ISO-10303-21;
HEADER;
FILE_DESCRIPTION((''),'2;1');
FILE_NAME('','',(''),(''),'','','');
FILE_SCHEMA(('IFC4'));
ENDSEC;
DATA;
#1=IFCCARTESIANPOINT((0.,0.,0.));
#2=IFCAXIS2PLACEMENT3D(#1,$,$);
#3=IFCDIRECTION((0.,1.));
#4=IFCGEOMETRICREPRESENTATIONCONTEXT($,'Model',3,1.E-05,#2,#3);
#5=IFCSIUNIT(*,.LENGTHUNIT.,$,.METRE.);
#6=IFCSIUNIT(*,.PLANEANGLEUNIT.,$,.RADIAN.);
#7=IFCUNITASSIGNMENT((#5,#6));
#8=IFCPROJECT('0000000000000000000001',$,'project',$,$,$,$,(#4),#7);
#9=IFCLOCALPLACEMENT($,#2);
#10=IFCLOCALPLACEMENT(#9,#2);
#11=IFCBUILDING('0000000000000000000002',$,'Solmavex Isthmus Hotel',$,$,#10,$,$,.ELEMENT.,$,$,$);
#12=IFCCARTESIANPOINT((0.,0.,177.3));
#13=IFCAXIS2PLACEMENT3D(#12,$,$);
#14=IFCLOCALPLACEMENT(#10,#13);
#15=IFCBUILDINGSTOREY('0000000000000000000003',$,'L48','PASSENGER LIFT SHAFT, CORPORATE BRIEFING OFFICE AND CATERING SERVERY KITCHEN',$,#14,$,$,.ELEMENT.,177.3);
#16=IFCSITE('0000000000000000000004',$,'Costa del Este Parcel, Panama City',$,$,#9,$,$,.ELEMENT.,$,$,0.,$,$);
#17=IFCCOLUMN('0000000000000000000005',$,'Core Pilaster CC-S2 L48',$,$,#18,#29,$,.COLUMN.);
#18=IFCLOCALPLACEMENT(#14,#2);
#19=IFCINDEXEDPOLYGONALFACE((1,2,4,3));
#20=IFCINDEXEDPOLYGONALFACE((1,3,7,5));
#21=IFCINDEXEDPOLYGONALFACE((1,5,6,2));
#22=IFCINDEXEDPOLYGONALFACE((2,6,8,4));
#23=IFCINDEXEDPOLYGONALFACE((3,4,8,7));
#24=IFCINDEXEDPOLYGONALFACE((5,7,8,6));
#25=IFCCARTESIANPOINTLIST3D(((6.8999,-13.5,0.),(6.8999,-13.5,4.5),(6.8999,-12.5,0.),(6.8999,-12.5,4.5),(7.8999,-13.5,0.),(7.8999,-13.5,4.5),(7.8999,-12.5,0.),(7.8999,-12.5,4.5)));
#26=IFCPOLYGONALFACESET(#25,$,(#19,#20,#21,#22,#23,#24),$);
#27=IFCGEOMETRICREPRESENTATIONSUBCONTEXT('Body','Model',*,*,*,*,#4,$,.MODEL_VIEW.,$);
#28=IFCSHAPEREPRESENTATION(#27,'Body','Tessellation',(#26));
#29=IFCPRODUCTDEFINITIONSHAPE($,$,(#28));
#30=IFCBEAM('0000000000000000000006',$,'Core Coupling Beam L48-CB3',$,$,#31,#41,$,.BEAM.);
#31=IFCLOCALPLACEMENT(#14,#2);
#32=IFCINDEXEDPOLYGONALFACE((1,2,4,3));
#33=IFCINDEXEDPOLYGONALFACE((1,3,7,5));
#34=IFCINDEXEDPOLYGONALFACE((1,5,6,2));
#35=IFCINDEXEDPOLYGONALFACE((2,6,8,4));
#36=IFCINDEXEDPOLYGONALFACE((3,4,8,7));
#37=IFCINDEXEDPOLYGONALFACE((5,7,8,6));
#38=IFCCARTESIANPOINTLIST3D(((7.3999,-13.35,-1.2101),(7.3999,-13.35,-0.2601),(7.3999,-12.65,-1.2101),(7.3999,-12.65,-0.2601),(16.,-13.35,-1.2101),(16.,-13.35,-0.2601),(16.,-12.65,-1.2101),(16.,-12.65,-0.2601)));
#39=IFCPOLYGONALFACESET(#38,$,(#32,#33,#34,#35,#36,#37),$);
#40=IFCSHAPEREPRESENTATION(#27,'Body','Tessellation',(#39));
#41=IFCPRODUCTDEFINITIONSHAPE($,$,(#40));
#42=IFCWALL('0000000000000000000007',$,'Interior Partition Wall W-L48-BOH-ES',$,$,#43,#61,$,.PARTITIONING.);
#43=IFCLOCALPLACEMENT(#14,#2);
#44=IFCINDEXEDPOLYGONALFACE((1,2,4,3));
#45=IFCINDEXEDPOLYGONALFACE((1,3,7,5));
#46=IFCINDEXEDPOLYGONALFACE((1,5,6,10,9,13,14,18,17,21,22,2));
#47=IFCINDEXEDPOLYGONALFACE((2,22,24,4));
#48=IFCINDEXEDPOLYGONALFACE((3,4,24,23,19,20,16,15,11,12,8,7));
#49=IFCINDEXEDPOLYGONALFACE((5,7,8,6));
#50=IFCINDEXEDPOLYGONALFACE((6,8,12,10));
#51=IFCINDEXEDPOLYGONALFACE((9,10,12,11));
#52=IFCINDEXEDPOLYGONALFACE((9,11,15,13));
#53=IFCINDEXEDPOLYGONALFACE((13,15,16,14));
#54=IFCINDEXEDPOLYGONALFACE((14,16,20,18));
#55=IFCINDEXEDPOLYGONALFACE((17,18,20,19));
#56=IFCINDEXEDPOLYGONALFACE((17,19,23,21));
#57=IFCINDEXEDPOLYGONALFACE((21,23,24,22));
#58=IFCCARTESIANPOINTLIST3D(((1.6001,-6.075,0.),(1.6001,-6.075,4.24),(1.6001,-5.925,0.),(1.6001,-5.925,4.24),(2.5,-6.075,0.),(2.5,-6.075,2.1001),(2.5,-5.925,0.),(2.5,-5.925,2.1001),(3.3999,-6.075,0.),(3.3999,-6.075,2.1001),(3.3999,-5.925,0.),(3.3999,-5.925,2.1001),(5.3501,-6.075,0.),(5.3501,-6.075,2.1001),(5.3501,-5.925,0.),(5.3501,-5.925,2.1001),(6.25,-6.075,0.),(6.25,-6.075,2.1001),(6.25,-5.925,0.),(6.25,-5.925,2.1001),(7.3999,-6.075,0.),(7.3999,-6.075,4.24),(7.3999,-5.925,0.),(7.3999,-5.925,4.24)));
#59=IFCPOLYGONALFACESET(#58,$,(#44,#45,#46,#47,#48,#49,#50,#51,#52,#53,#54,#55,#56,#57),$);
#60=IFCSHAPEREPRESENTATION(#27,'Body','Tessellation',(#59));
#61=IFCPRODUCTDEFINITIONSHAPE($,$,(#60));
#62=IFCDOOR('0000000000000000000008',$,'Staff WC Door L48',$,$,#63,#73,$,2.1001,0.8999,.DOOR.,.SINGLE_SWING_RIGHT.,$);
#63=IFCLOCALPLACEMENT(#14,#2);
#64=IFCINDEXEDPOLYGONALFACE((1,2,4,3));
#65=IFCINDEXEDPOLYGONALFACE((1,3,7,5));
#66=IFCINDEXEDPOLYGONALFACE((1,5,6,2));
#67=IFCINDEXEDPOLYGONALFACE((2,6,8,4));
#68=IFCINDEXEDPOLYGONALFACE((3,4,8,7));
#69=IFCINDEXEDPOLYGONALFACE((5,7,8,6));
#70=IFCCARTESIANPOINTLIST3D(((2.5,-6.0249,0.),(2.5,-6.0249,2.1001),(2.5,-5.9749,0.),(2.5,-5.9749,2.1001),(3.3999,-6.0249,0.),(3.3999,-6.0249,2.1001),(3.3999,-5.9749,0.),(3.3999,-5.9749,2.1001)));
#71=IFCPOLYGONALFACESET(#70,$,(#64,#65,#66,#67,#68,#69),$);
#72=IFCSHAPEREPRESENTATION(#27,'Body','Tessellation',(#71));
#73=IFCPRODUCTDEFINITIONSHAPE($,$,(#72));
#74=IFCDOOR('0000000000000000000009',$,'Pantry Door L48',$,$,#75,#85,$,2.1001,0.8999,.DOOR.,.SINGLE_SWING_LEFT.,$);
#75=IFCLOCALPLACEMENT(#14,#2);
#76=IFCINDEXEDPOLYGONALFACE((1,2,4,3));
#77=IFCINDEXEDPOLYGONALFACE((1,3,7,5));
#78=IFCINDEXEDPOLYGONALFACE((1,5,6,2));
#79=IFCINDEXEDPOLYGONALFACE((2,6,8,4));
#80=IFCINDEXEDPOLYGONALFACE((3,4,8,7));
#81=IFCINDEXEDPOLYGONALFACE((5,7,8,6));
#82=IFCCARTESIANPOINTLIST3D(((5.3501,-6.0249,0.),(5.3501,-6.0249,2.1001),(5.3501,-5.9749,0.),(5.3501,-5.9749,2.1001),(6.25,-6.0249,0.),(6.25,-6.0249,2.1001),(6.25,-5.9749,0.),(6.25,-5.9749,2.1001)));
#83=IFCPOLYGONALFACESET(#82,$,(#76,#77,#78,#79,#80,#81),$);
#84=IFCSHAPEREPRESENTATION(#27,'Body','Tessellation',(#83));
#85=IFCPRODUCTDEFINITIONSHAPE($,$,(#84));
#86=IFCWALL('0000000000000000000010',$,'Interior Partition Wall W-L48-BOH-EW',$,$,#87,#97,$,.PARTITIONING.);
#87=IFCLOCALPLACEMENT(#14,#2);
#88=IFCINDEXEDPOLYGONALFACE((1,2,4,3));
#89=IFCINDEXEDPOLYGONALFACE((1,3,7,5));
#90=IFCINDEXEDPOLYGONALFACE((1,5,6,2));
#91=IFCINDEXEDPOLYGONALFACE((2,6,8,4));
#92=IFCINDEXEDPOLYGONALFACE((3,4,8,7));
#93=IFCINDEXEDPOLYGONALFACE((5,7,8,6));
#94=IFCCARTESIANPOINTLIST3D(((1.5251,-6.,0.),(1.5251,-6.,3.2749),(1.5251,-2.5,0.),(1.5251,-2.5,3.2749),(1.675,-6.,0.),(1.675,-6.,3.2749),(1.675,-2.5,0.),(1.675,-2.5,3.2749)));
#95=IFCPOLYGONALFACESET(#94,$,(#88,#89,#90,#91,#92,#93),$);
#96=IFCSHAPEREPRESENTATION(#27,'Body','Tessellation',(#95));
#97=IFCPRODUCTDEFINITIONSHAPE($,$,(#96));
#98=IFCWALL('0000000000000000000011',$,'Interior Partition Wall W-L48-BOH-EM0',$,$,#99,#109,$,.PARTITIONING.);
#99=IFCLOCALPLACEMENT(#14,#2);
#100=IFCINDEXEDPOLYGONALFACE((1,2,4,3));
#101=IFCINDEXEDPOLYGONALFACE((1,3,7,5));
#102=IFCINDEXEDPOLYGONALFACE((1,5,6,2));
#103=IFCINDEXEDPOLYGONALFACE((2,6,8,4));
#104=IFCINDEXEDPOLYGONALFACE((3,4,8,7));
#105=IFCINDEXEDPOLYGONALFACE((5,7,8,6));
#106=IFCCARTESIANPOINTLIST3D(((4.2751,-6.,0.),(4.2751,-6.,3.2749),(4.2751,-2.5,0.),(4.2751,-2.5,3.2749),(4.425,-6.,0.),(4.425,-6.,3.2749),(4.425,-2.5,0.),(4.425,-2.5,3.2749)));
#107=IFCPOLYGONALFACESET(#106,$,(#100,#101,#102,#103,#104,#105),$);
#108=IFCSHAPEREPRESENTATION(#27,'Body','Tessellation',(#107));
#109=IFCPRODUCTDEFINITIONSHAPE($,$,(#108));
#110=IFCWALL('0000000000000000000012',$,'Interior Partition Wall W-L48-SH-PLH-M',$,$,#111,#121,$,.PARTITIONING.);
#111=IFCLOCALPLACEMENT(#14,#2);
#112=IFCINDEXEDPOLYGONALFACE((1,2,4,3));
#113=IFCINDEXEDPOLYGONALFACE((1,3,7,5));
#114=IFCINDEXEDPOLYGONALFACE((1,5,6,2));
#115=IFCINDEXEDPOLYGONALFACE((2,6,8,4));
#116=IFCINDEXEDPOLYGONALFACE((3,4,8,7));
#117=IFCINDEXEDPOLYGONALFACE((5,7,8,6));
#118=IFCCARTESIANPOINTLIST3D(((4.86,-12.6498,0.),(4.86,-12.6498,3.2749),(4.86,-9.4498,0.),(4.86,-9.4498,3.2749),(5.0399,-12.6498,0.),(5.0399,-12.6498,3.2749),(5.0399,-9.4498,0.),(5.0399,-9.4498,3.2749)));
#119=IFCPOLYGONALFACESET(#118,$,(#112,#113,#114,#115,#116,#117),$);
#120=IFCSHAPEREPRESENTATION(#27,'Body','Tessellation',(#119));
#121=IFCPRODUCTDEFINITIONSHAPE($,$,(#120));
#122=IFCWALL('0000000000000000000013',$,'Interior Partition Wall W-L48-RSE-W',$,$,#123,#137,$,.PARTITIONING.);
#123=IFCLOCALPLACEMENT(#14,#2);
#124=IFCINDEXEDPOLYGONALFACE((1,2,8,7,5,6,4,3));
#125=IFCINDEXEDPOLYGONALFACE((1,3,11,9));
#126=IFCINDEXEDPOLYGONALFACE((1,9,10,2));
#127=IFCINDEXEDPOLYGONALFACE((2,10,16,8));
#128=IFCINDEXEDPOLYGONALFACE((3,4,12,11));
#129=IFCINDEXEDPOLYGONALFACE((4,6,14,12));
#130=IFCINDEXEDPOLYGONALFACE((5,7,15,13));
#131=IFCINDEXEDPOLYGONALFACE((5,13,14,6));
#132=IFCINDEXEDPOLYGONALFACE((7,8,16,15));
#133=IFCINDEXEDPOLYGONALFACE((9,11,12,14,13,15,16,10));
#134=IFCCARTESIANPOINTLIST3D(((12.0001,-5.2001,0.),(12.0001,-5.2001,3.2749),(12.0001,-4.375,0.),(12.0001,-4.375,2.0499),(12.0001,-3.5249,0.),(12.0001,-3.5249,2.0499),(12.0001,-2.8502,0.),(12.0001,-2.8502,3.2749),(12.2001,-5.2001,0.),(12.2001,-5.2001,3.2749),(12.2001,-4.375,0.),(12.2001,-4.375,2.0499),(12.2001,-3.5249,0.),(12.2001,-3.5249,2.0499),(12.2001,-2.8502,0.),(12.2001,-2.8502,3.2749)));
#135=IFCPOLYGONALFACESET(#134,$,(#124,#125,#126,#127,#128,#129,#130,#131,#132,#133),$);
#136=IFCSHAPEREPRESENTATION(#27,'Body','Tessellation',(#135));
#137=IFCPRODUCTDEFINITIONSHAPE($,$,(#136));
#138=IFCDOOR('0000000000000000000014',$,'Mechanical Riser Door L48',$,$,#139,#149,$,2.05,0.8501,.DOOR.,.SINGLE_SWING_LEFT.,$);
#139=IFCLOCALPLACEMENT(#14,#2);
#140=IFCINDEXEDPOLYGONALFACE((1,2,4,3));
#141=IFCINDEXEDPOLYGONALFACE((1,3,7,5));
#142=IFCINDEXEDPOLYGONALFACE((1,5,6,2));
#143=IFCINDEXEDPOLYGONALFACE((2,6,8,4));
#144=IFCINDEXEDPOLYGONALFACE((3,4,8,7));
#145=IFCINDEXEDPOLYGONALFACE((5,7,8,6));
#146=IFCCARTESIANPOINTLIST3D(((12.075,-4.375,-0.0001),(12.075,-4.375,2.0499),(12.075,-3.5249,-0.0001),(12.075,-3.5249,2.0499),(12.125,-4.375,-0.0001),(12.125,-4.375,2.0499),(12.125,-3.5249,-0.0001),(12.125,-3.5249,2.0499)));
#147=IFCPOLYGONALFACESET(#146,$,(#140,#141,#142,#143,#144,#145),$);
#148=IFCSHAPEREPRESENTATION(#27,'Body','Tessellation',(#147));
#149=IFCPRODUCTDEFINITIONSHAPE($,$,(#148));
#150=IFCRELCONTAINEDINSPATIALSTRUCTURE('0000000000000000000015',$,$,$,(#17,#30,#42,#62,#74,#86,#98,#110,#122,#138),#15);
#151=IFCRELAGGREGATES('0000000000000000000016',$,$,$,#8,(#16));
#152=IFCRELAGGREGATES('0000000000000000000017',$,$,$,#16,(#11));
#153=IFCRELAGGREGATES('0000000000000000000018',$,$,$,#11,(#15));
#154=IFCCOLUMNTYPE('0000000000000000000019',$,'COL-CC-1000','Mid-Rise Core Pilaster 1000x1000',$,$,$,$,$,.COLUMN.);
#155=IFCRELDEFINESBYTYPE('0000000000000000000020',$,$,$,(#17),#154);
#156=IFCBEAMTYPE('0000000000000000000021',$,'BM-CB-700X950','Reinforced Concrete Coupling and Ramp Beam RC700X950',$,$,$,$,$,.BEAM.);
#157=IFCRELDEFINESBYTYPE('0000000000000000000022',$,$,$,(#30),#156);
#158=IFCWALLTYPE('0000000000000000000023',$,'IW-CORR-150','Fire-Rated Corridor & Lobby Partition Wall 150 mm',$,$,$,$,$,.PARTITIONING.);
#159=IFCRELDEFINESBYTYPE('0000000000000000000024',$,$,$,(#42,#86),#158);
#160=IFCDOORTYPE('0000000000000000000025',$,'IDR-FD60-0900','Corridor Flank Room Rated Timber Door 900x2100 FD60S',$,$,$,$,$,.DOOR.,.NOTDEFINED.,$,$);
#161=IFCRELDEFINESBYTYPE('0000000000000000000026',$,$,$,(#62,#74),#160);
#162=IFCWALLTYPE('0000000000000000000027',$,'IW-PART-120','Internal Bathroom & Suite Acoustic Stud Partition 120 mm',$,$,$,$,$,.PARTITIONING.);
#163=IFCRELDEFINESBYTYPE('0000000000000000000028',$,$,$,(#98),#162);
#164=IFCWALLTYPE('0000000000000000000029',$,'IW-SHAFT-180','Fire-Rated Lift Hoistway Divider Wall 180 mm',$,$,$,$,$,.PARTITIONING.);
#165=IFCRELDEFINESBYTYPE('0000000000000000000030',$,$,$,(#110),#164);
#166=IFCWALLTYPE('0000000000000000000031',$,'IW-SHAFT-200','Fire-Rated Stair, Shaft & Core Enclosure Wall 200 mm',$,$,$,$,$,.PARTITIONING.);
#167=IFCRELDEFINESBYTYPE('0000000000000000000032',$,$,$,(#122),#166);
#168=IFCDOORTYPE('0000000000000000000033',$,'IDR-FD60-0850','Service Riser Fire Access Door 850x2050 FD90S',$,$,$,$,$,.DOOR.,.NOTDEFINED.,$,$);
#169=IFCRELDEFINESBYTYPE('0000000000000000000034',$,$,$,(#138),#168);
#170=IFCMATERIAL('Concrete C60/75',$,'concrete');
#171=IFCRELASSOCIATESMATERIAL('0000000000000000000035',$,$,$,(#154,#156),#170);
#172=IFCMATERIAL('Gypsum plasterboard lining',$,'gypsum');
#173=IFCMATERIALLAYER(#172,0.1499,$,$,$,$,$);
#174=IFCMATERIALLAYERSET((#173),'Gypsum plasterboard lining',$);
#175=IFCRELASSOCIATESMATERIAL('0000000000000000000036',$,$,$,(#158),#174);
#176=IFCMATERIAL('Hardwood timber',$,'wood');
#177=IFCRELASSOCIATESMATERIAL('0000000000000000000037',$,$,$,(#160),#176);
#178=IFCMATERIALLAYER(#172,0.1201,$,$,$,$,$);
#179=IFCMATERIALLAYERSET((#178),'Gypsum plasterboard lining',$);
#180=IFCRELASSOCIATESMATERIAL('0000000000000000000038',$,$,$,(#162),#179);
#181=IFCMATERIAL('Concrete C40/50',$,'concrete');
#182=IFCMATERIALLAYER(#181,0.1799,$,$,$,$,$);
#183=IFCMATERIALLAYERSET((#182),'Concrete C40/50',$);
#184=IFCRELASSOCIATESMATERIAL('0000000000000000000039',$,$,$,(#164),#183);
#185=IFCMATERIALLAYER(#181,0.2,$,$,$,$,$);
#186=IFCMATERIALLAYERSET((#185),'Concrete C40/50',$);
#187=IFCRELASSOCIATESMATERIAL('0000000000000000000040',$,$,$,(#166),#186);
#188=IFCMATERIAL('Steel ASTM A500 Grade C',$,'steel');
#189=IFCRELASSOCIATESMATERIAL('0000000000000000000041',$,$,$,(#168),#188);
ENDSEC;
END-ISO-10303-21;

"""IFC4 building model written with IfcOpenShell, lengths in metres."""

from ifc_helpers import new_model, si_unit, direction, frame, frame_2d, origin, origin_2d, place, context, subcontext, project, spatial, rectangle, extrude, material, layer, layer_set, material_profile, profile_set, type_object, element, fill, save


model = new_model("IFC4")

# Units and contexts
model_context = context("Model", 3, precision=1e-05, world=origin(), true_north=direction((0.0, 1.0)))
body_context = subcontext(model_context, "Body", "Model", "MODEL_VIEW")
ifc_project = project(units=[si_unit("LENGTHUNIT", "METRE"), si_unit("PLANEANGLEUNIT", "RADIAN")], contexts=[model_context])

# Site, building, storey
site_placement = place(None, origin())
site = spatial("IfcSite", under=ifc_project, at=site_placement, Name="Costa del Este Parcel, Panama City", CompositionType="ELEMENT", RefElevation=0.0)
building_placement = place(site_placement, origin())
building = spatial("IfcBuilding", under=site, at=building_placement, Name="Solmavex Isthmus Hotel", CompositionType="ELEMENT")
storey_placement = place(building_placement, frame((0.0, 0.0, 177.3)))
storey = spatial("IfcBuildingStorey", under=building, at=storey_placement, Name="L48", Description="PASSENGER LIFT SHAFT, CORPORATE BRIEFING OFFICE AND CATERING SERVERY KITCHEN", CompositionType="ELEMENT", Elevation=177.3)

# Column
ifc_material_1 = material(Name="Concrete C60/75", Category="concrete")
ifc_material_profile_1 = material_profile(ifc_material_1, rectangle(XDim=1.0, YDim=1.0, at=origin_2d()), Name="RC1000X1000")
ifc_profile_set_1 = profile_set([ifc_material_profile_1], Name="Concrete C60/75")
column_type = type_object("IfcColumnType", Name="COL-CC-1000", Description="Mid-Rise Core Pilaster 1000x1000", PredefinedType="COLUMN", material=ifc_profile_set_1)
column_placement = place(storey_placement, frame((7.3999, -13.0, 0.0), z_axis=(0.0, 0.0, 1.0), x_axis=(1.0, 0.0, 0.0)))
element("IfcColumn", 1, at=column_placement, inside=storey, type_object=column_type, Name="Core Pilaster CC-S2 L48", PredefinedType="COLUMN", context=body_context, shape_type="SweptSolid", body=[
    extrude(rectangle(XDim=1.0, YDim=1.0, at=origin_2d()), origin(), (0.0, 0.0, 1.0), 4.5),
])

# Beam
ifc_material_profile_2 = material_profile(ifc_material_1, rectangle(XDim=0.7, YDim=0.95, at=origin_2d()), Name="RC700X950")
ifc_profile_set_2 = profile_set([ifc_material_profile_2], Name="Concrete C60/75")
beam_type = type_object("IfcBeamType", Name="BM-CB-700X950", Description="Reinforced Concrete Coupling and Ramp Beam RC700X950", PredefinedType="BEAM", material=ifc_profile_set_2)
beam_placement = place(storey_placement, frame((7.3999, -13.0, -0.7351), z_axis=(1.0, 0.0, 0.0), x_axis=(0.0, 1.0, 0.0)))
element("IfcBeam", 2, at=beam_placement, inside=storey, type_object=beam_type, Name="Core Coupling Beam L48-CB3", PredefinedType="BEAM", context=body_context, shape_type="SweptSolid", body=[
    extrude(rectangle(XDim=0.7, YDim=0.95, at=origin_2d()), origin(), (0.0, 0.0, 1.0), 8.6001),
])

# Wall, openings, doors
ifc_material_2 = material(Name="Gypsum plasterboard lining", Category="gypsum")
ifc_layer_1 = layer(ifc_material_2, 0.1499)
ifc_layer_set_1 = layer_set([ifc_layer_1], Name="Gypsum plasterboard lining")
wall_type_1 = type_object("IfcWallType", Name="IW-CORR-150", Description="Fire-Rated Corridor & Lobby Partition Wall 150 mm", PredefinedType="PARTITIONING", material=ifc_layer_set_1)
wall_1_placement = place(storey_placement, frame((1.6001, -6.0, 0.0), z_axis=(0.0, 0.0, 1.0), x_axis=(1.0, 0.0, 0.0)))
wall_1 = element("IfcWall", 3, at=wall_1_placement, inside=storey, type_object=wall_type_1, Name="Interior Partition Wall W-L48-BOH-ES", PredefinedType="PARTITIONING", context=body_context, shape_type="SweptSolid", body=[
    extrude(rectangle(XDim=5.7998, YDim=0.1499, at=frame_2d((2.8999, 0.0))), origin(), (0.0, 0.0, 1.0), 4.24),
])
opening_1_placement = place(wall_1_placement, frame((0.8999, 0.0, 0.0)))
opening_1 = element("IfcOpeningElement", 4, at=opening_1_placement, cuts=wall_1, PredefinedType="OPENING", context=body_context, shape_type="SweptSolid", body=[
    extrude(rectangle(XDim=0.8999, YDim=2.1001, at=frame_2d((0.45, 1.05))), frame((0.0, 0.085, 0.0), z_axis=(0.0, -1.0, 0.0), x_axis=(1.0, 0.0, 0.0)), (0.0, 0.0, 1.0), 0.1699),
])
opening_2_placement = place(wall_1_placement, frame((3.75, 0.0, 0.0)))
opening_2 = element("IfcOpeningElement", 5, at=opening_2_placement, cuts=wall_1, PredefinedType="OPENING", context=body_context, shape_type="SweptSolid", body=[
    extrude(rectangle(XDim=0.8999, YDim=2.1001, at=frame_2d((0.45, 1.05))), frame((0.0, 0.085, 0.0), z_axis=(0.0, -1.0, 0.0), x_axis=(1.0, 0.0, 0.0)), (0.0, 0.0, 1.0), 0.1699),
])
ifc_material_3 = material(Name="Hardwood timber", Category="wood")
door_type_1 = type_object("IfcDoorType", Name="IDR-FD60-0900", Description="Corridor Flank Room Rated Timber Door 900x2100 FD60S", OperationType="NOTDEFINED", PredefinedType="DOOR", material=ifc_material_3)
door_1_placement = place(opening_1_placement, frame((0.8999, 0.0, 0.0), z_axis=(0.0, 0.0, 1.0), x_axis=(-1.0, 0.0, 0.0)))
door_1 = element("IfcDoor", 6, at=door_1_placement, inside=storey, type_object=door_type_1, Name="Staff WC Door L48", OperationType="SINGLE_SWING_RIGHT", OverallHeight=2.1001, OverallWidth=0.8999, PredefinedType="DOOR", context=body_context, shape_type="SweptSolid", body=[
    extrude(rectangle(XDim=0.8999, YDim=2.1001, at=frame_2d((0.45, 1.05))), frame((0.0, 0.0249, 0.0), z_axis=(0.0, -1.0, 0.0), x_axis=(1.0, 0.0, 0.0)), (0.0, 0.0, 1.0), 0.05),
])
fill(opening_1, door_1)
door_2_placement = place(opening_2_placement, frame((0.8999, 0.0, 0.0), z_axis=(0.0, 0.0, 1.0), x_axis=(-1.0, 0.0, 0.0)))
door_2 = element("IfcDoor", 7, at=door_2_placement, inside=storey, type_object=door_type_1, Name="Pantry Door L48", OperationType="SINGLE_SWING_LEFT", OverallHeight=2.1001, OverallWidth=0.8999, PredefinedType="DOOR", context=body_context, shape_type="SweptSolid", body=[
    extrude(rectangle(XDim=0.8999, YDim=2.1001, at=frame_2d((0.45, 1.05))), frame((0.0, 0.0249, 0.0), z_axis=(0.0, -1.0, 0.0), x_axis=(1.0, 0.0, 0.0)), (0.0, 0.0, 1.0), 0.05),
])
fill(opening_2, door_2)

# Walls
wall_2_placement = place(storey_placement, frame((1.6001, -6.0, 0.0), z_axis=(0.0, 0.0, 1.0), x_axis=(0.0, 1.0, 0.0)))
element("IfcWall", 8, at=wall_2_placement, inside=storey, type_object=wall_type_1, Name="Interior Partition Wall W-L48-BOH-EW", PredefinedType="PARTITIONING", context=body_context, shape_type="SweptSolid", body=[
    extrude(rectangle(XDim=3.5, YDim=0.1499, at=frame_2d((1.75, 0.0))), origin(), (0.0, 0.0, 1.0), 3.2749),
])
ifc_layer_2 = layer(ifc_material_2, 0.1201)
ifc_layer_set_2 = layer_set([ifc_layer_2], Name="Gypsum plasterboard lining")
wall_type_2 = type_object("IfcWallType", Name="IW-PART-120", Description="Internal Bathroom & Suite Acoustic Stud Partition 120 mm", PredefinedType="PARTITIONING", material=ifc_layer_set_2)
wall_3_placement = place(storey_placement, frame((4.3501, -6.0, 0.0), z_axis=(0.0, 0.0, 1.0), x_axis=(0.0, 1.0, 0.0)))
element("IfcWall", 9, at=wall_3_placement, inside=storey, type_object=wall_type_2, Name="Interior Partition Wall W-L48-BOH-EM0", PredefinedType="PARTITIONING", context=body_context, shape_type="SweptSolid", body=[
    extrude(rectangle(XDim=3.5, YDim=0.1499, at=frame_2d((1.75, 0.0))), origin(), (0.0, 0.0, 1.0), 3.2749),
])
ifc_material_4 = material(Name="Concrete C40/50", Category="concrete")
ifc_layer_3 = layer(ifc_material_4, 0.1799)
ifc_layer_set_3 = layer_set([ifc_layer_3], Name="Concrete C40/50")
wall_type_3 = type_object("IfcWallType", Name="IW-SHAFT-180", Description="Fire-Rated Lift Hoistway Divider Wall 180 mm", PredefinedType="PARTITIONING", material=ifc_layer_set_3)
wall_4_placement = place(storey_placement, frame((4.95, -12.6499, 0.0), z_axis=(0.0, 0.0, 1.0), x_axis=(0.0, 1.0, 0.0)))
element("IfcWall", 10, at=wall_4_placement, inside=storey, type_object=wall_type_3, Name="Interior Partition Wall W-L48-SH-PLH-M", PredefinedType="PARTITIONING", context=body_context, shape_type="SweptSolid", body=[
    extrude(rectangle(XDim=3.2, YDim=0.1799, at=frame_2d((1.6001, 0.0))), origin(), (0.0, 0.0, 1.0), 3.2749),
])

# Wall, opening, door
ifc_layer_4 = layer(ifc_material_4, 0.2)
ifc_layer_set_4 = layer_set([ifc_layer_4], Name="Concrete C40/50")
wall_type_4 = type_object("IfcWallType", Name="IW-SHAFT-200", Description="Fire-Rated Stair, Shaft & Core Enclosure Wall 200 mm", PredefinedType="PARTITIONING", material=ifc_layer_set_4)
wall_5_placement = place(storey_placement, frame((12.1001, -5.2, 0.0), z_axis=(0.0, 0.0, 1.0), x_axis=(0.0, 1.0, 0.0)))
wall_5 = element("IfcWall", 11, at=wall_5_placement, inside=storey, type_object=wall_type_4, Name="Interior Partition Wall W-L48-RSE-W", PredefinedType="PARTITIONING", context=body_context, shape_type="SweptSolid", body=[
    extrude(rectangle(XDim=2.3499, YDim=0.2, at=frame_2d((1.1748, 0.0))), origin(), (0.0, 0.0, 1.0), 3.2749),
])
opening_3_placement = place(wall_5_placement, frame((0.825, 0.0, 0.0)))
opening_3 = element("IfcOpeningElement", 12, at=opening_3_placement, cuts=wall_5, PredefinedType="OPENING", context=body_context, shape_type="SweptSolid", body=[
    extrude(rectangle(XDim=0.8501, YDim=2.05, at=frame_2d((0.425, 1.0249))), frame((0.0, 0.1099, 0.0), z_axis=(0.0, -1.0, 0.0), x_axis=(1.0, 0.0, 0.0)), (0.0, 0.0, 1.0), 0.22),
])
ifc_material_5 = material(Name="Steel ASTM A500 Grade C", Category="steel")
door_type_2 = type_object("IfcDoorType", Name="IDR-FD60-0850", Description="Service Riser Fire Access Door 850x2050 FD90S", OperationType="NOTDEFINED", PredefinedType="DOOR", material=ifc_material_5)
door_3_placement = place(opening_3_placement, frame((0.8501, 0.0, 0.0), z_axis=(0.0, 0.0, 1.0), x_axis=(-1.0, 0.0, 0.0)))
door_3 = element("IfcDoor", 13, at=door_3_placement, inside=storey, type_object=door_type_2, Name="Mechanical Riser Door L48", OperationType="SINGLE_SWING_LEFT", OverallHeight=2.05, OverallWidth=0.8501, PredefinedType="DOOR", context=body_context, shape_type="SweptSolid", body=[
    extrude(rectangle(XDim=0.8501, YDim=2.05, at=frame_2d((0.425, 1.0249))), frame((0.0, 0.0249, 0.0), z_axis=(0.0, -1.0, 0.0), x_axis=(1.0, 0.0, 0.0)), (0.0, 0.0, 1.0), 0.05),
])
fill(opening_3, door_3)

save(model, "model.ifc")
